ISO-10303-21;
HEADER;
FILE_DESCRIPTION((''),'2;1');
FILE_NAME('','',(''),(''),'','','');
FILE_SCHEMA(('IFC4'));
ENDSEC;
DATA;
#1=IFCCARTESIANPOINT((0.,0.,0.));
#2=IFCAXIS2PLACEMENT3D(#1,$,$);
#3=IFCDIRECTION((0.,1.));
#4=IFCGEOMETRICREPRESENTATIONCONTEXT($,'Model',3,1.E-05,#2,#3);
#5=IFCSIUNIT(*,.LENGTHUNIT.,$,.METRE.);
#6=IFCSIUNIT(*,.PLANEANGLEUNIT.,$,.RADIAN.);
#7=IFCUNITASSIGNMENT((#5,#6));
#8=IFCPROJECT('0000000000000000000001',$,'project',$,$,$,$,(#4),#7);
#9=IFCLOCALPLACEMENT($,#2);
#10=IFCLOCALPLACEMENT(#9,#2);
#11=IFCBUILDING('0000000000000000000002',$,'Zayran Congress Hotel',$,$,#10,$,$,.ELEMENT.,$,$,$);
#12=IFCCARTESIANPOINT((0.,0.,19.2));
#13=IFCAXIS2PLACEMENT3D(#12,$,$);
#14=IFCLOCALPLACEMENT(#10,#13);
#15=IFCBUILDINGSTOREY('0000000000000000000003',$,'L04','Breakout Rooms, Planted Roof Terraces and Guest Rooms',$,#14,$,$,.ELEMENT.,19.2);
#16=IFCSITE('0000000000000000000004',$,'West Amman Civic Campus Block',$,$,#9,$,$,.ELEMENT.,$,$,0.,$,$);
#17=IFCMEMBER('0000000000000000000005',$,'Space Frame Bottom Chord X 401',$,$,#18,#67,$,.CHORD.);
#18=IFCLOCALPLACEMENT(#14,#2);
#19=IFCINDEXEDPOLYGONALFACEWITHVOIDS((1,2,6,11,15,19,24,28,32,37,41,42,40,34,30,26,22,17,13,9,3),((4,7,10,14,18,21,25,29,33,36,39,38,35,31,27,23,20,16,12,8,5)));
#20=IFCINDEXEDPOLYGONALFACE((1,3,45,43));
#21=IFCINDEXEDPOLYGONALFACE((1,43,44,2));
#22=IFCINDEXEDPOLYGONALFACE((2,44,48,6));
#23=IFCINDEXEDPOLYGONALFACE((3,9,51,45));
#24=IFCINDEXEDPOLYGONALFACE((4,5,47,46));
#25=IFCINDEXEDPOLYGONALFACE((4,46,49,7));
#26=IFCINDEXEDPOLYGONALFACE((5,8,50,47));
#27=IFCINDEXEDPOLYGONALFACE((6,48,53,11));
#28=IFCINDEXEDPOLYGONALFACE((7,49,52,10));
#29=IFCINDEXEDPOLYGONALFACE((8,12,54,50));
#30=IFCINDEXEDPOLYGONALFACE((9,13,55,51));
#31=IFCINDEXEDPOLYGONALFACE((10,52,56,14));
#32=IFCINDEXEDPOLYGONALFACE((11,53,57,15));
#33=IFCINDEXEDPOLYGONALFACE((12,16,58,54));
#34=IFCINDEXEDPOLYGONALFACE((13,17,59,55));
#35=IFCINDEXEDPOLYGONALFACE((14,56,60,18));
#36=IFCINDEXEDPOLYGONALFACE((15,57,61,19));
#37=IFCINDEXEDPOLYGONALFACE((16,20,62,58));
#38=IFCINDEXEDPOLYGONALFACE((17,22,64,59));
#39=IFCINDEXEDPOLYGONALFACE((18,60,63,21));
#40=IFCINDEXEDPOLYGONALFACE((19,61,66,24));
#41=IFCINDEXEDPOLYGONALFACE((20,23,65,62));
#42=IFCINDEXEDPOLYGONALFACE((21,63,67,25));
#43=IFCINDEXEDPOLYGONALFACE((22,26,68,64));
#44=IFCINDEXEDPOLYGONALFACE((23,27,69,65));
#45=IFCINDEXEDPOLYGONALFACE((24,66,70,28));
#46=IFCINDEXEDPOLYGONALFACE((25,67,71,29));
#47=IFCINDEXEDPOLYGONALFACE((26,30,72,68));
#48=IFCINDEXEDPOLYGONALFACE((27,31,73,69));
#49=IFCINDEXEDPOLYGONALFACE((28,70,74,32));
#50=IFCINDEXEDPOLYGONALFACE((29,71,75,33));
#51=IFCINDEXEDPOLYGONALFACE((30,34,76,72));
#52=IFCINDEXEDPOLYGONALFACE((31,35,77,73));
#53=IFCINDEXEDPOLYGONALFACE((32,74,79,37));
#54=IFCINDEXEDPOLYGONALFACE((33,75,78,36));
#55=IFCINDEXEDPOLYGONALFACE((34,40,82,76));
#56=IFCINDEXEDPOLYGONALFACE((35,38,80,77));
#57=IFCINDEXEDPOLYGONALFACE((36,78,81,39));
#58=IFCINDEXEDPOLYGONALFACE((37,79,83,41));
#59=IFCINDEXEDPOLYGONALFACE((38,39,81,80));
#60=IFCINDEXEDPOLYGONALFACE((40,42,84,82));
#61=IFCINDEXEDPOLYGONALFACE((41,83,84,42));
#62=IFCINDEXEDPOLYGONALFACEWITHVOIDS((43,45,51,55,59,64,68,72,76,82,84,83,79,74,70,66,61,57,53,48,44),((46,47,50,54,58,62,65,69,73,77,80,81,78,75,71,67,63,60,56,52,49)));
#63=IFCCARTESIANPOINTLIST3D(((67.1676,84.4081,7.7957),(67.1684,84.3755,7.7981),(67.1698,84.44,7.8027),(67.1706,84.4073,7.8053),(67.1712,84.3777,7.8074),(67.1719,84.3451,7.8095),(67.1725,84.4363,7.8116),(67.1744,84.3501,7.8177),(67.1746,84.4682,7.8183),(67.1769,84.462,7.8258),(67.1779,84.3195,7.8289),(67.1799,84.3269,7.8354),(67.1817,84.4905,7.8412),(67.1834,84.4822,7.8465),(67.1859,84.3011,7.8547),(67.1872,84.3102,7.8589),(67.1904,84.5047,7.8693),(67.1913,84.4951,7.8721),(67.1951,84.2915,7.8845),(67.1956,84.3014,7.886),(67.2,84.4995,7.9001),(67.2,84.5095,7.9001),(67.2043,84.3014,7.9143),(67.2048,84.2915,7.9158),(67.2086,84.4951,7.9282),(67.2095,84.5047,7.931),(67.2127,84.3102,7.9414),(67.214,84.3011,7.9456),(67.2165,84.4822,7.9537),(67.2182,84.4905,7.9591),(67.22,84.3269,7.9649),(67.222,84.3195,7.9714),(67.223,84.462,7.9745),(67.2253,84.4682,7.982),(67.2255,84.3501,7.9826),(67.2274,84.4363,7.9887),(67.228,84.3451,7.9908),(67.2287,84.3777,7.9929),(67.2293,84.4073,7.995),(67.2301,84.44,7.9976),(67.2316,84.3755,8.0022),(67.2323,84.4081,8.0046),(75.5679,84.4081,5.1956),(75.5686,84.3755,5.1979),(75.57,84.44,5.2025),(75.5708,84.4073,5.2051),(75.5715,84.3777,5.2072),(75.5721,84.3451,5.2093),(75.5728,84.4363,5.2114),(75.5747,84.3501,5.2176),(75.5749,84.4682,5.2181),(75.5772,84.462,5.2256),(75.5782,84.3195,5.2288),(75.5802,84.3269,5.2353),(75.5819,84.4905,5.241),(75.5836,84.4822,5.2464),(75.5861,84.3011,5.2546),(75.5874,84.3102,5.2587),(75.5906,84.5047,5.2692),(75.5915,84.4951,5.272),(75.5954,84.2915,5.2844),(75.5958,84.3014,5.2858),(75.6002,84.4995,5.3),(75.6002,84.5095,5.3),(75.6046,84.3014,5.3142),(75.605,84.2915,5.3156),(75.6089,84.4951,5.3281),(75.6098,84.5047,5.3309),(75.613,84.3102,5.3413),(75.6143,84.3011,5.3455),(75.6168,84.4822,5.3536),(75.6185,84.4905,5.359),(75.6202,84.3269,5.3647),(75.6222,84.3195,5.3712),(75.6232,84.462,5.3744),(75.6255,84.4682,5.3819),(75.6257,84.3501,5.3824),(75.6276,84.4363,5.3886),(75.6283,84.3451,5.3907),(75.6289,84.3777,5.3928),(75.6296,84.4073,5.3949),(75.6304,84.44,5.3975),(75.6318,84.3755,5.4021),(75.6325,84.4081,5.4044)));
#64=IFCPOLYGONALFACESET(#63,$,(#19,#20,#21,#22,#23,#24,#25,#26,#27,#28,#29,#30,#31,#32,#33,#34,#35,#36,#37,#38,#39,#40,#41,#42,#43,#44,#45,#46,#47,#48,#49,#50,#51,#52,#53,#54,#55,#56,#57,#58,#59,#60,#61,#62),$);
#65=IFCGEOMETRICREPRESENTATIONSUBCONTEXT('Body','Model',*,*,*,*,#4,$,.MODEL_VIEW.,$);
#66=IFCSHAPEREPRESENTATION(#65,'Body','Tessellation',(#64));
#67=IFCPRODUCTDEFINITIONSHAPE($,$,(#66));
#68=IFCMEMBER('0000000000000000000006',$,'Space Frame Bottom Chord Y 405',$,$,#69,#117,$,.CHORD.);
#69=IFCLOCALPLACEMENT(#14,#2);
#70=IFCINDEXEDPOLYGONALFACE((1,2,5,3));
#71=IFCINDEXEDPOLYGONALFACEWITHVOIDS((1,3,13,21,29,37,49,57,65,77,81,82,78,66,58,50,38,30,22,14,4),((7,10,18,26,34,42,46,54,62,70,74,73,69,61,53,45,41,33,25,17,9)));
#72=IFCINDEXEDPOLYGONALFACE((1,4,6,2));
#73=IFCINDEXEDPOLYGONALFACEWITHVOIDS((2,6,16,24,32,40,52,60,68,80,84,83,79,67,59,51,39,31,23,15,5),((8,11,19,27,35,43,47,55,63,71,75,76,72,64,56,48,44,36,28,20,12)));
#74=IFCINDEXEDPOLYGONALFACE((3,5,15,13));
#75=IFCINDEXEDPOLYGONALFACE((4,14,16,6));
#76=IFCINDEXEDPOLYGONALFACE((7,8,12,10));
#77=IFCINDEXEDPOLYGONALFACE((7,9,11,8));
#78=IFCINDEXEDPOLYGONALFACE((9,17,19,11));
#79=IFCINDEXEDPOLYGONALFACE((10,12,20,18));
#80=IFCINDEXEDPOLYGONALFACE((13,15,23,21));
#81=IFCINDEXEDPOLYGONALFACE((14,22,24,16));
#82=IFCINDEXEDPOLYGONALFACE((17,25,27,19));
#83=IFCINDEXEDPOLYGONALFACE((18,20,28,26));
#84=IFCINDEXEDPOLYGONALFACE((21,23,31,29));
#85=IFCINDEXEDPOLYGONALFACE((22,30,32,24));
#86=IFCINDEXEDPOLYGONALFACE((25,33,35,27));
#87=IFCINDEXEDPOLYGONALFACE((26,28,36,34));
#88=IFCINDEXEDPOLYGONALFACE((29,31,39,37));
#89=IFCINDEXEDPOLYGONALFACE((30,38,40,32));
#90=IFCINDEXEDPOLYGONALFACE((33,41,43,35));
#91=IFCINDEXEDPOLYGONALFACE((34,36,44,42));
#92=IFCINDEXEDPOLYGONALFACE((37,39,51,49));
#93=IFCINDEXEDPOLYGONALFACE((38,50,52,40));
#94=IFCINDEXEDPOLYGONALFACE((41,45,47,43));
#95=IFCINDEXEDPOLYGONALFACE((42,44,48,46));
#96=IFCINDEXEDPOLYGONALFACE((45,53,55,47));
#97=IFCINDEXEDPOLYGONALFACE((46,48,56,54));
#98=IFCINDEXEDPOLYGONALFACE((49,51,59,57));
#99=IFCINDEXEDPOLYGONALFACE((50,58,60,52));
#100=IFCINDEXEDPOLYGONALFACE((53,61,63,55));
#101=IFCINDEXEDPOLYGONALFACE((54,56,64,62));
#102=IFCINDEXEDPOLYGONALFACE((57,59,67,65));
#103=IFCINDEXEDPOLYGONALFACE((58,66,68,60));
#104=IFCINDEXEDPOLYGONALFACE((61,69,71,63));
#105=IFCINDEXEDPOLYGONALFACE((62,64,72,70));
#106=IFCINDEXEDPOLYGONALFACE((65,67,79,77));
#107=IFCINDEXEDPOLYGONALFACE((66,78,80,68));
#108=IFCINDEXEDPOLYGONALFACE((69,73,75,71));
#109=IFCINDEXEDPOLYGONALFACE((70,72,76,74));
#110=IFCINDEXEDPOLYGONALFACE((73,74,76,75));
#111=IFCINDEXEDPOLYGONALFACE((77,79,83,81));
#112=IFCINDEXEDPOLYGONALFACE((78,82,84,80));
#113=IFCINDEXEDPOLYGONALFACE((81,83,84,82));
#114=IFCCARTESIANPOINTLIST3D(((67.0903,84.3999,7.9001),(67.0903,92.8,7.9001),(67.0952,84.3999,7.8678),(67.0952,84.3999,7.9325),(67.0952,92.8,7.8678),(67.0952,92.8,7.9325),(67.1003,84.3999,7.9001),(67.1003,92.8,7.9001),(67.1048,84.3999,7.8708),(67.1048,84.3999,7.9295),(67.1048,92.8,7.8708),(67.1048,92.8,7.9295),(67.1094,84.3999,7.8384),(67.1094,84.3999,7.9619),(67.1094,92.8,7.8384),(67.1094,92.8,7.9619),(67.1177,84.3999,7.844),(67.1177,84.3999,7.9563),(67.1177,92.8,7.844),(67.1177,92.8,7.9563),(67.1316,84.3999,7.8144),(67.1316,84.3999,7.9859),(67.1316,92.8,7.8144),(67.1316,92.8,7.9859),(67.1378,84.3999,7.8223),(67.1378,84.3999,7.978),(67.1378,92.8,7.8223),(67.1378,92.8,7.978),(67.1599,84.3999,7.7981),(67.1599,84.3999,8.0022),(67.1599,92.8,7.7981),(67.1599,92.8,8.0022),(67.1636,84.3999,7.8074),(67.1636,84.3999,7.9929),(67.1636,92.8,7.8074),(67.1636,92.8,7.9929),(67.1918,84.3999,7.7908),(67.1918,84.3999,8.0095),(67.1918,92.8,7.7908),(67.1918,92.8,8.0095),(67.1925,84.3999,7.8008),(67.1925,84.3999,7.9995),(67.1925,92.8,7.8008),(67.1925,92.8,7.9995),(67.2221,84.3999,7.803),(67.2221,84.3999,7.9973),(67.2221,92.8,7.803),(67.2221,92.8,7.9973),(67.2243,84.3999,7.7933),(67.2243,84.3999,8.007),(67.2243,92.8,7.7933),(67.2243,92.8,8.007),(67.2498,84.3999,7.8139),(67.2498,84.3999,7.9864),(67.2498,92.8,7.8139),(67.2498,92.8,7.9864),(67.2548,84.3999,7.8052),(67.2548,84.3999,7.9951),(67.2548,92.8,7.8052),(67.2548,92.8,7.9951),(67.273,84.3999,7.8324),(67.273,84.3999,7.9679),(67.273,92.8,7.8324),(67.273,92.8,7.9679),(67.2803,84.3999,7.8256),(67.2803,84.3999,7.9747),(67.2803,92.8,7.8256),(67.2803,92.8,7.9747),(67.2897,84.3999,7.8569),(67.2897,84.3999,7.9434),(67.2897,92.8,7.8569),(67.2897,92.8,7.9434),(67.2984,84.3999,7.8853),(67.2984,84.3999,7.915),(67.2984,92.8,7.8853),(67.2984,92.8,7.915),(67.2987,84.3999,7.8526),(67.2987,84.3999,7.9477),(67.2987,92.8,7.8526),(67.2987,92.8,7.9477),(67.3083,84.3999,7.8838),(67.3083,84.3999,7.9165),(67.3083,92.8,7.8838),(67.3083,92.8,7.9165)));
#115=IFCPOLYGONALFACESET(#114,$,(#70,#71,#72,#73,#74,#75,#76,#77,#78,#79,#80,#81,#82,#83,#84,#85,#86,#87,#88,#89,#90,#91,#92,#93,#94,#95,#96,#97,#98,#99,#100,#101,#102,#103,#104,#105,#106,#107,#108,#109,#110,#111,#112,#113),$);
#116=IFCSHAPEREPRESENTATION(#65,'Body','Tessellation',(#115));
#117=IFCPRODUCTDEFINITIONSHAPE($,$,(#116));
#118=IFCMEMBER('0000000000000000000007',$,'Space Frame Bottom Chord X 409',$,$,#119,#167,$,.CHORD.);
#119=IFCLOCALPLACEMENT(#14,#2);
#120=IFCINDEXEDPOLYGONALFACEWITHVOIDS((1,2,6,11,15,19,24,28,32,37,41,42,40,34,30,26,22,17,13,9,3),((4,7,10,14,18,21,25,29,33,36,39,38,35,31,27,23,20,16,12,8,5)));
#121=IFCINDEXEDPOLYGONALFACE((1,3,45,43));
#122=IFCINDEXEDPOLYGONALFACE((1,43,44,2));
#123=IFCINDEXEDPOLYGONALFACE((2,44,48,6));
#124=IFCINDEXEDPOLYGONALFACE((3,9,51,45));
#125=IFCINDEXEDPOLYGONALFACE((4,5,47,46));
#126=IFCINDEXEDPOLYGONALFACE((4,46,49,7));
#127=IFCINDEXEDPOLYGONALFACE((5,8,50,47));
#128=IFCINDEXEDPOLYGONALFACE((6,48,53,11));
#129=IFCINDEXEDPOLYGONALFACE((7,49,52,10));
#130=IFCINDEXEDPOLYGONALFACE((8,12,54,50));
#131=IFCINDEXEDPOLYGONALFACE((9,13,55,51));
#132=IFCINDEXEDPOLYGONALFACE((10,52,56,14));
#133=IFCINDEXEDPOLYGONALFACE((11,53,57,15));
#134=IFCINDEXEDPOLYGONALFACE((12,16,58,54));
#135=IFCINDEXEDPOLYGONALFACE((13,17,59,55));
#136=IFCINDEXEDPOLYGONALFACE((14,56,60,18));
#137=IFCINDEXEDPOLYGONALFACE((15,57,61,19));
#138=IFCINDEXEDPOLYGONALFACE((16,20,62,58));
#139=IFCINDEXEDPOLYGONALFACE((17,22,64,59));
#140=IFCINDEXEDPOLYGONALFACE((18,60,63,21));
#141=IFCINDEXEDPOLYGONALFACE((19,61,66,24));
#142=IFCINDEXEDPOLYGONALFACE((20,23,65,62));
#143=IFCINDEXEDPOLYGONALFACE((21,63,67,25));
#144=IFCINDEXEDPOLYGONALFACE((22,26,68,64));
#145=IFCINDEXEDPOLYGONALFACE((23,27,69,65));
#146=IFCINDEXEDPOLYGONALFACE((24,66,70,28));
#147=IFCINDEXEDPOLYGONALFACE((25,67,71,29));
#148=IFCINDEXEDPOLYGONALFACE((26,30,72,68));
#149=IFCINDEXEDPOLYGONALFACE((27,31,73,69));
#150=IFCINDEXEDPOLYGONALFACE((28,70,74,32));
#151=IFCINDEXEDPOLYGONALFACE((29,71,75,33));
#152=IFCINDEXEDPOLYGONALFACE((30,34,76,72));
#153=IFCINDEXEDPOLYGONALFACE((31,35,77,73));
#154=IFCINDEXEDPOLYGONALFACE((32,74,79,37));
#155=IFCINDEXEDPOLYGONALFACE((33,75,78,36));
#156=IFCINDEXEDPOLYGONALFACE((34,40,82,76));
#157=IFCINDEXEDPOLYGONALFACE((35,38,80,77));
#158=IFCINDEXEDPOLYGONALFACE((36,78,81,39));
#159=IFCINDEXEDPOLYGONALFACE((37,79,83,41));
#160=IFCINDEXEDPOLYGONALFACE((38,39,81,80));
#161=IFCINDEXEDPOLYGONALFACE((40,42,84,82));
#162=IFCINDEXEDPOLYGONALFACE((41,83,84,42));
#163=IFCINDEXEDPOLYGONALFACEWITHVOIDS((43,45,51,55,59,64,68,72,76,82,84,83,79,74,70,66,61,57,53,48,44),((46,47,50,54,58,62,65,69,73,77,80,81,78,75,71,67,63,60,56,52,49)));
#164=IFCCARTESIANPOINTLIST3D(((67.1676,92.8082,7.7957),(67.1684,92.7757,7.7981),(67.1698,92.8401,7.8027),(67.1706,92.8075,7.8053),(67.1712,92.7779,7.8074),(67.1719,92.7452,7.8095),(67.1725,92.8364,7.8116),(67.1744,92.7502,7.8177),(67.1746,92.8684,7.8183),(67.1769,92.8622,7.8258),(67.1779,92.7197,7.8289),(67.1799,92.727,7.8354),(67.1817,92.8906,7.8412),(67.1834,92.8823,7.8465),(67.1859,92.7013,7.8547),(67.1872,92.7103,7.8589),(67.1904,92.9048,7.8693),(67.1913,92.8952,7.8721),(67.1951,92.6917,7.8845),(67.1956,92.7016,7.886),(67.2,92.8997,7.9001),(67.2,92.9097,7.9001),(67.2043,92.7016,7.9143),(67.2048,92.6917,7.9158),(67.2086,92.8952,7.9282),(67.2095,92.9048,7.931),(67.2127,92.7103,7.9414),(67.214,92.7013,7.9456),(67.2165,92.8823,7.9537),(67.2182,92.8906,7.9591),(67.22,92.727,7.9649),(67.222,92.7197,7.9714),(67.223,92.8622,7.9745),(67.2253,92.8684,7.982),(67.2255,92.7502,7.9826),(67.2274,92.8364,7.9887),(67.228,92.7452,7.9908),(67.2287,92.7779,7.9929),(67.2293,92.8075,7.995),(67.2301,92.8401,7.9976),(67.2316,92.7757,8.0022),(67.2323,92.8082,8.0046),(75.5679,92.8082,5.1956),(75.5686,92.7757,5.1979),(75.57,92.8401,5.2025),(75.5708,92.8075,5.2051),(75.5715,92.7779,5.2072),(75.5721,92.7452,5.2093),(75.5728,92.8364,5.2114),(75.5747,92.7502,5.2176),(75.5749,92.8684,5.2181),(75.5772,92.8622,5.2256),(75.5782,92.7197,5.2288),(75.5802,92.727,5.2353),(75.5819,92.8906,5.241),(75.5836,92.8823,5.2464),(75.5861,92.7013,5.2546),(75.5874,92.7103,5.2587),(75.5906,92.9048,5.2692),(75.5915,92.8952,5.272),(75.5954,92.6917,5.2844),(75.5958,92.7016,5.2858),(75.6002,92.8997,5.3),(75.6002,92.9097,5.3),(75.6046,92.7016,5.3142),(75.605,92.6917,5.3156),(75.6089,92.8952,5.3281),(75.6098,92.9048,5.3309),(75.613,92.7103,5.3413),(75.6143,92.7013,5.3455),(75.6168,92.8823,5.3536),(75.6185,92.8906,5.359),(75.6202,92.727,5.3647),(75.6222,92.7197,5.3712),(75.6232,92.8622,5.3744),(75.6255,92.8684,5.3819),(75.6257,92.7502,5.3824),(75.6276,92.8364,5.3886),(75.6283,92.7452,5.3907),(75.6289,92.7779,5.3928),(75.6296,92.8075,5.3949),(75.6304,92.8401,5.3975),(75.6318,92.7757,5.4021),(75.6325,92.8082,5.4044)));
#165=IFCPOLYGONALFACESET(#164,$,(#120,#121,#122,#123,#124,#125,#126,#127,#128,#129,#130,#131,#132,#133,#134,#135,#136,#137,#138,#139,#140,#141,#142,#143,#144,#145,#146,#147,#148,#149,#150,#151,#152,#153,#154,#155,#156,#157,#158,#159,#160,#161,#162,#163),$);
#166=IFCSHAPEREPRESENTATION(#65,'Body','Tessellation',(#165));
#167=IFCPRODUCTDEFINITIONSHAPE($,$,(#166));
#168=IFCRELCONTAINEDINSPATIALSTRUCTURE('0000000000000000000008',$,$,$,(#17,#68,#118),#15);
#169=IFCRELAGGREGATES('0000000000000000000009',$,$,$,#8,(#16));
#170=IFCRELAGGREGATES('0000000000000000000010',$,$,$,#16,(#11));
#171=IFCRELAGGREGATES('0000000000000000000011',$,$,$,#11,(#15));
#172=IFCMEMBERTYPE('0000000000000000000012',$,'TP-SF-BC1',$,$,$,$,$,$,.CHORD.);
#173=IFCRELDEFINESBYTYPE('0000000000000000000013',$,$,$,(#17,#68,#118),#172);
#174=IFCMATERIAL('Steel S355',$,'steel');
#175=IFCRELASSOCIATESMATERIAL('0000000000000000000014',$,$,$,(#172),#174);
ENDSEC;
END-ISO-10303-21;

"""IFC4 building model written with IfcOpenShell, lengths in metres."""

from ifc_helpers import new_model, si_unit, direction, frame, origin, origin_2d, place, context, subcontext, project, spatial, hollow_circle, extrude, material, material_profile, profile_set, type_object, element, save


model = new_model("IFC4")

# Units and contexts
model_context = context("Model", 3, precision=1e-05, world=origin(), true_north=direction((0.0, 1.0)))
body_context = subcontext(model_context, "Body", "Model", "MODEL_VIEW")
ifc_project = project(units=[si_unit("LENGTHUNIT", "METRE"), si_unit("PLANEANGLEUNIT", "RADIAN")], contexts=[model_context])

# Site, building, storey
site_placement = place(None, origin())
site = spatial("IfcSite", under=ifc_project, at=site_placement, Name="West Amman Civic Campus Block", CompositionType="ELEMENT", RefElevation=0.0)
building_placement = place(site_placement, origin())
building = spatial("IfcBuilding", under=site, at=building_placement, Name="Zayran Congress Hotel", CompositionType="ELEMENT")
storey_placement = place(building_placement, frame((0.0, 0.0, 19.2)))
storey = spatial("IfcBuildingStorey", under=building, at=storey_placement, Name="L04", Description="Breakout Rooms, Planted Roof Terraces and Guest Rooms", CompositionType="ELEMENT", Elevation=19.2)

# Members
ifc_material_1 = material(Name="Steel S355", Category="steel")
ifc_material_profile_1 = material_profile(ifc_material_1, hollow_circle(Radius=0.1096, WallThickness=0.01, at=origin_2d()), Name="CHS 219.1x10")
ifc_profile_set_1 = profile_set([ifc_material_profile_1], Name="Steel S355")
member_type_1 = type_object("IfcMemberType", Name="TP-SF-BC1", PredefinedType="CHORD", material=ifc_profile_set_1)
member_1_placement = place(storey_placement, frame((67.2, 84.3999, 7.9001), z_axis=(0.955284, 0.0, -0.295689), x_axis=(0.0, 1.0, 0.0)))
element("IfcMember", 1, at=member_1_placement, inside=storey, type_object=member_type_1, Name="Space Frame Bottom Chord X 401", PredefinedType="CHORD", context=body_context, shape_type="SweptSolid", body=[
    extrude(hollow_circle(Radius=0.1096, WallThickness=0.01, at=origin_2d()), origin(), (0.0, 0.0, 1.0), 8.7935),
])
member_2_placement = place(storey_placement, frame((67.2, 84.3999, 7.9001), z_axis=(0.0, 1.0, 0.0), x_axis=(-1.0, 0.0, 0.0)))
element("IfcMember", 2, at=member_2_placement, inside=storey, type_object=member_type_1, Name="Space Frame Bottom Chord Y 405", PredefinedType="CHORD", context=body_context, shape_type="SweptSolid", body=[
    extrude(hollow_circle(Radius=0.1096, WallThickness=0.01, at=origin_2d()), origin(), (0.0, 0.0, 1.0), 8.4001),
])
member_3_placement = place(storey_placement, frame((67.2, 92.8, 7.9001), z_axis=(0.955284, 0.0, -0.295689), x_axis=(0.0, 1.0, 0.0)))
element("IfcMember", 3, at=member_3_placement, inside=storey, type_object=member_type_1, Name="Space Frame Bottom Chord X 409", PredefinedType="CHORD", context=body_context, shape_type="SweptSolid", body=[
    extrude(hollow_circle(Radius=0.1096, WallThickness=0.01, at=origin_2d()), origin(), (0.0, 0.0, 1.0), 8.7935),
])

save(model, "model.ifc")
